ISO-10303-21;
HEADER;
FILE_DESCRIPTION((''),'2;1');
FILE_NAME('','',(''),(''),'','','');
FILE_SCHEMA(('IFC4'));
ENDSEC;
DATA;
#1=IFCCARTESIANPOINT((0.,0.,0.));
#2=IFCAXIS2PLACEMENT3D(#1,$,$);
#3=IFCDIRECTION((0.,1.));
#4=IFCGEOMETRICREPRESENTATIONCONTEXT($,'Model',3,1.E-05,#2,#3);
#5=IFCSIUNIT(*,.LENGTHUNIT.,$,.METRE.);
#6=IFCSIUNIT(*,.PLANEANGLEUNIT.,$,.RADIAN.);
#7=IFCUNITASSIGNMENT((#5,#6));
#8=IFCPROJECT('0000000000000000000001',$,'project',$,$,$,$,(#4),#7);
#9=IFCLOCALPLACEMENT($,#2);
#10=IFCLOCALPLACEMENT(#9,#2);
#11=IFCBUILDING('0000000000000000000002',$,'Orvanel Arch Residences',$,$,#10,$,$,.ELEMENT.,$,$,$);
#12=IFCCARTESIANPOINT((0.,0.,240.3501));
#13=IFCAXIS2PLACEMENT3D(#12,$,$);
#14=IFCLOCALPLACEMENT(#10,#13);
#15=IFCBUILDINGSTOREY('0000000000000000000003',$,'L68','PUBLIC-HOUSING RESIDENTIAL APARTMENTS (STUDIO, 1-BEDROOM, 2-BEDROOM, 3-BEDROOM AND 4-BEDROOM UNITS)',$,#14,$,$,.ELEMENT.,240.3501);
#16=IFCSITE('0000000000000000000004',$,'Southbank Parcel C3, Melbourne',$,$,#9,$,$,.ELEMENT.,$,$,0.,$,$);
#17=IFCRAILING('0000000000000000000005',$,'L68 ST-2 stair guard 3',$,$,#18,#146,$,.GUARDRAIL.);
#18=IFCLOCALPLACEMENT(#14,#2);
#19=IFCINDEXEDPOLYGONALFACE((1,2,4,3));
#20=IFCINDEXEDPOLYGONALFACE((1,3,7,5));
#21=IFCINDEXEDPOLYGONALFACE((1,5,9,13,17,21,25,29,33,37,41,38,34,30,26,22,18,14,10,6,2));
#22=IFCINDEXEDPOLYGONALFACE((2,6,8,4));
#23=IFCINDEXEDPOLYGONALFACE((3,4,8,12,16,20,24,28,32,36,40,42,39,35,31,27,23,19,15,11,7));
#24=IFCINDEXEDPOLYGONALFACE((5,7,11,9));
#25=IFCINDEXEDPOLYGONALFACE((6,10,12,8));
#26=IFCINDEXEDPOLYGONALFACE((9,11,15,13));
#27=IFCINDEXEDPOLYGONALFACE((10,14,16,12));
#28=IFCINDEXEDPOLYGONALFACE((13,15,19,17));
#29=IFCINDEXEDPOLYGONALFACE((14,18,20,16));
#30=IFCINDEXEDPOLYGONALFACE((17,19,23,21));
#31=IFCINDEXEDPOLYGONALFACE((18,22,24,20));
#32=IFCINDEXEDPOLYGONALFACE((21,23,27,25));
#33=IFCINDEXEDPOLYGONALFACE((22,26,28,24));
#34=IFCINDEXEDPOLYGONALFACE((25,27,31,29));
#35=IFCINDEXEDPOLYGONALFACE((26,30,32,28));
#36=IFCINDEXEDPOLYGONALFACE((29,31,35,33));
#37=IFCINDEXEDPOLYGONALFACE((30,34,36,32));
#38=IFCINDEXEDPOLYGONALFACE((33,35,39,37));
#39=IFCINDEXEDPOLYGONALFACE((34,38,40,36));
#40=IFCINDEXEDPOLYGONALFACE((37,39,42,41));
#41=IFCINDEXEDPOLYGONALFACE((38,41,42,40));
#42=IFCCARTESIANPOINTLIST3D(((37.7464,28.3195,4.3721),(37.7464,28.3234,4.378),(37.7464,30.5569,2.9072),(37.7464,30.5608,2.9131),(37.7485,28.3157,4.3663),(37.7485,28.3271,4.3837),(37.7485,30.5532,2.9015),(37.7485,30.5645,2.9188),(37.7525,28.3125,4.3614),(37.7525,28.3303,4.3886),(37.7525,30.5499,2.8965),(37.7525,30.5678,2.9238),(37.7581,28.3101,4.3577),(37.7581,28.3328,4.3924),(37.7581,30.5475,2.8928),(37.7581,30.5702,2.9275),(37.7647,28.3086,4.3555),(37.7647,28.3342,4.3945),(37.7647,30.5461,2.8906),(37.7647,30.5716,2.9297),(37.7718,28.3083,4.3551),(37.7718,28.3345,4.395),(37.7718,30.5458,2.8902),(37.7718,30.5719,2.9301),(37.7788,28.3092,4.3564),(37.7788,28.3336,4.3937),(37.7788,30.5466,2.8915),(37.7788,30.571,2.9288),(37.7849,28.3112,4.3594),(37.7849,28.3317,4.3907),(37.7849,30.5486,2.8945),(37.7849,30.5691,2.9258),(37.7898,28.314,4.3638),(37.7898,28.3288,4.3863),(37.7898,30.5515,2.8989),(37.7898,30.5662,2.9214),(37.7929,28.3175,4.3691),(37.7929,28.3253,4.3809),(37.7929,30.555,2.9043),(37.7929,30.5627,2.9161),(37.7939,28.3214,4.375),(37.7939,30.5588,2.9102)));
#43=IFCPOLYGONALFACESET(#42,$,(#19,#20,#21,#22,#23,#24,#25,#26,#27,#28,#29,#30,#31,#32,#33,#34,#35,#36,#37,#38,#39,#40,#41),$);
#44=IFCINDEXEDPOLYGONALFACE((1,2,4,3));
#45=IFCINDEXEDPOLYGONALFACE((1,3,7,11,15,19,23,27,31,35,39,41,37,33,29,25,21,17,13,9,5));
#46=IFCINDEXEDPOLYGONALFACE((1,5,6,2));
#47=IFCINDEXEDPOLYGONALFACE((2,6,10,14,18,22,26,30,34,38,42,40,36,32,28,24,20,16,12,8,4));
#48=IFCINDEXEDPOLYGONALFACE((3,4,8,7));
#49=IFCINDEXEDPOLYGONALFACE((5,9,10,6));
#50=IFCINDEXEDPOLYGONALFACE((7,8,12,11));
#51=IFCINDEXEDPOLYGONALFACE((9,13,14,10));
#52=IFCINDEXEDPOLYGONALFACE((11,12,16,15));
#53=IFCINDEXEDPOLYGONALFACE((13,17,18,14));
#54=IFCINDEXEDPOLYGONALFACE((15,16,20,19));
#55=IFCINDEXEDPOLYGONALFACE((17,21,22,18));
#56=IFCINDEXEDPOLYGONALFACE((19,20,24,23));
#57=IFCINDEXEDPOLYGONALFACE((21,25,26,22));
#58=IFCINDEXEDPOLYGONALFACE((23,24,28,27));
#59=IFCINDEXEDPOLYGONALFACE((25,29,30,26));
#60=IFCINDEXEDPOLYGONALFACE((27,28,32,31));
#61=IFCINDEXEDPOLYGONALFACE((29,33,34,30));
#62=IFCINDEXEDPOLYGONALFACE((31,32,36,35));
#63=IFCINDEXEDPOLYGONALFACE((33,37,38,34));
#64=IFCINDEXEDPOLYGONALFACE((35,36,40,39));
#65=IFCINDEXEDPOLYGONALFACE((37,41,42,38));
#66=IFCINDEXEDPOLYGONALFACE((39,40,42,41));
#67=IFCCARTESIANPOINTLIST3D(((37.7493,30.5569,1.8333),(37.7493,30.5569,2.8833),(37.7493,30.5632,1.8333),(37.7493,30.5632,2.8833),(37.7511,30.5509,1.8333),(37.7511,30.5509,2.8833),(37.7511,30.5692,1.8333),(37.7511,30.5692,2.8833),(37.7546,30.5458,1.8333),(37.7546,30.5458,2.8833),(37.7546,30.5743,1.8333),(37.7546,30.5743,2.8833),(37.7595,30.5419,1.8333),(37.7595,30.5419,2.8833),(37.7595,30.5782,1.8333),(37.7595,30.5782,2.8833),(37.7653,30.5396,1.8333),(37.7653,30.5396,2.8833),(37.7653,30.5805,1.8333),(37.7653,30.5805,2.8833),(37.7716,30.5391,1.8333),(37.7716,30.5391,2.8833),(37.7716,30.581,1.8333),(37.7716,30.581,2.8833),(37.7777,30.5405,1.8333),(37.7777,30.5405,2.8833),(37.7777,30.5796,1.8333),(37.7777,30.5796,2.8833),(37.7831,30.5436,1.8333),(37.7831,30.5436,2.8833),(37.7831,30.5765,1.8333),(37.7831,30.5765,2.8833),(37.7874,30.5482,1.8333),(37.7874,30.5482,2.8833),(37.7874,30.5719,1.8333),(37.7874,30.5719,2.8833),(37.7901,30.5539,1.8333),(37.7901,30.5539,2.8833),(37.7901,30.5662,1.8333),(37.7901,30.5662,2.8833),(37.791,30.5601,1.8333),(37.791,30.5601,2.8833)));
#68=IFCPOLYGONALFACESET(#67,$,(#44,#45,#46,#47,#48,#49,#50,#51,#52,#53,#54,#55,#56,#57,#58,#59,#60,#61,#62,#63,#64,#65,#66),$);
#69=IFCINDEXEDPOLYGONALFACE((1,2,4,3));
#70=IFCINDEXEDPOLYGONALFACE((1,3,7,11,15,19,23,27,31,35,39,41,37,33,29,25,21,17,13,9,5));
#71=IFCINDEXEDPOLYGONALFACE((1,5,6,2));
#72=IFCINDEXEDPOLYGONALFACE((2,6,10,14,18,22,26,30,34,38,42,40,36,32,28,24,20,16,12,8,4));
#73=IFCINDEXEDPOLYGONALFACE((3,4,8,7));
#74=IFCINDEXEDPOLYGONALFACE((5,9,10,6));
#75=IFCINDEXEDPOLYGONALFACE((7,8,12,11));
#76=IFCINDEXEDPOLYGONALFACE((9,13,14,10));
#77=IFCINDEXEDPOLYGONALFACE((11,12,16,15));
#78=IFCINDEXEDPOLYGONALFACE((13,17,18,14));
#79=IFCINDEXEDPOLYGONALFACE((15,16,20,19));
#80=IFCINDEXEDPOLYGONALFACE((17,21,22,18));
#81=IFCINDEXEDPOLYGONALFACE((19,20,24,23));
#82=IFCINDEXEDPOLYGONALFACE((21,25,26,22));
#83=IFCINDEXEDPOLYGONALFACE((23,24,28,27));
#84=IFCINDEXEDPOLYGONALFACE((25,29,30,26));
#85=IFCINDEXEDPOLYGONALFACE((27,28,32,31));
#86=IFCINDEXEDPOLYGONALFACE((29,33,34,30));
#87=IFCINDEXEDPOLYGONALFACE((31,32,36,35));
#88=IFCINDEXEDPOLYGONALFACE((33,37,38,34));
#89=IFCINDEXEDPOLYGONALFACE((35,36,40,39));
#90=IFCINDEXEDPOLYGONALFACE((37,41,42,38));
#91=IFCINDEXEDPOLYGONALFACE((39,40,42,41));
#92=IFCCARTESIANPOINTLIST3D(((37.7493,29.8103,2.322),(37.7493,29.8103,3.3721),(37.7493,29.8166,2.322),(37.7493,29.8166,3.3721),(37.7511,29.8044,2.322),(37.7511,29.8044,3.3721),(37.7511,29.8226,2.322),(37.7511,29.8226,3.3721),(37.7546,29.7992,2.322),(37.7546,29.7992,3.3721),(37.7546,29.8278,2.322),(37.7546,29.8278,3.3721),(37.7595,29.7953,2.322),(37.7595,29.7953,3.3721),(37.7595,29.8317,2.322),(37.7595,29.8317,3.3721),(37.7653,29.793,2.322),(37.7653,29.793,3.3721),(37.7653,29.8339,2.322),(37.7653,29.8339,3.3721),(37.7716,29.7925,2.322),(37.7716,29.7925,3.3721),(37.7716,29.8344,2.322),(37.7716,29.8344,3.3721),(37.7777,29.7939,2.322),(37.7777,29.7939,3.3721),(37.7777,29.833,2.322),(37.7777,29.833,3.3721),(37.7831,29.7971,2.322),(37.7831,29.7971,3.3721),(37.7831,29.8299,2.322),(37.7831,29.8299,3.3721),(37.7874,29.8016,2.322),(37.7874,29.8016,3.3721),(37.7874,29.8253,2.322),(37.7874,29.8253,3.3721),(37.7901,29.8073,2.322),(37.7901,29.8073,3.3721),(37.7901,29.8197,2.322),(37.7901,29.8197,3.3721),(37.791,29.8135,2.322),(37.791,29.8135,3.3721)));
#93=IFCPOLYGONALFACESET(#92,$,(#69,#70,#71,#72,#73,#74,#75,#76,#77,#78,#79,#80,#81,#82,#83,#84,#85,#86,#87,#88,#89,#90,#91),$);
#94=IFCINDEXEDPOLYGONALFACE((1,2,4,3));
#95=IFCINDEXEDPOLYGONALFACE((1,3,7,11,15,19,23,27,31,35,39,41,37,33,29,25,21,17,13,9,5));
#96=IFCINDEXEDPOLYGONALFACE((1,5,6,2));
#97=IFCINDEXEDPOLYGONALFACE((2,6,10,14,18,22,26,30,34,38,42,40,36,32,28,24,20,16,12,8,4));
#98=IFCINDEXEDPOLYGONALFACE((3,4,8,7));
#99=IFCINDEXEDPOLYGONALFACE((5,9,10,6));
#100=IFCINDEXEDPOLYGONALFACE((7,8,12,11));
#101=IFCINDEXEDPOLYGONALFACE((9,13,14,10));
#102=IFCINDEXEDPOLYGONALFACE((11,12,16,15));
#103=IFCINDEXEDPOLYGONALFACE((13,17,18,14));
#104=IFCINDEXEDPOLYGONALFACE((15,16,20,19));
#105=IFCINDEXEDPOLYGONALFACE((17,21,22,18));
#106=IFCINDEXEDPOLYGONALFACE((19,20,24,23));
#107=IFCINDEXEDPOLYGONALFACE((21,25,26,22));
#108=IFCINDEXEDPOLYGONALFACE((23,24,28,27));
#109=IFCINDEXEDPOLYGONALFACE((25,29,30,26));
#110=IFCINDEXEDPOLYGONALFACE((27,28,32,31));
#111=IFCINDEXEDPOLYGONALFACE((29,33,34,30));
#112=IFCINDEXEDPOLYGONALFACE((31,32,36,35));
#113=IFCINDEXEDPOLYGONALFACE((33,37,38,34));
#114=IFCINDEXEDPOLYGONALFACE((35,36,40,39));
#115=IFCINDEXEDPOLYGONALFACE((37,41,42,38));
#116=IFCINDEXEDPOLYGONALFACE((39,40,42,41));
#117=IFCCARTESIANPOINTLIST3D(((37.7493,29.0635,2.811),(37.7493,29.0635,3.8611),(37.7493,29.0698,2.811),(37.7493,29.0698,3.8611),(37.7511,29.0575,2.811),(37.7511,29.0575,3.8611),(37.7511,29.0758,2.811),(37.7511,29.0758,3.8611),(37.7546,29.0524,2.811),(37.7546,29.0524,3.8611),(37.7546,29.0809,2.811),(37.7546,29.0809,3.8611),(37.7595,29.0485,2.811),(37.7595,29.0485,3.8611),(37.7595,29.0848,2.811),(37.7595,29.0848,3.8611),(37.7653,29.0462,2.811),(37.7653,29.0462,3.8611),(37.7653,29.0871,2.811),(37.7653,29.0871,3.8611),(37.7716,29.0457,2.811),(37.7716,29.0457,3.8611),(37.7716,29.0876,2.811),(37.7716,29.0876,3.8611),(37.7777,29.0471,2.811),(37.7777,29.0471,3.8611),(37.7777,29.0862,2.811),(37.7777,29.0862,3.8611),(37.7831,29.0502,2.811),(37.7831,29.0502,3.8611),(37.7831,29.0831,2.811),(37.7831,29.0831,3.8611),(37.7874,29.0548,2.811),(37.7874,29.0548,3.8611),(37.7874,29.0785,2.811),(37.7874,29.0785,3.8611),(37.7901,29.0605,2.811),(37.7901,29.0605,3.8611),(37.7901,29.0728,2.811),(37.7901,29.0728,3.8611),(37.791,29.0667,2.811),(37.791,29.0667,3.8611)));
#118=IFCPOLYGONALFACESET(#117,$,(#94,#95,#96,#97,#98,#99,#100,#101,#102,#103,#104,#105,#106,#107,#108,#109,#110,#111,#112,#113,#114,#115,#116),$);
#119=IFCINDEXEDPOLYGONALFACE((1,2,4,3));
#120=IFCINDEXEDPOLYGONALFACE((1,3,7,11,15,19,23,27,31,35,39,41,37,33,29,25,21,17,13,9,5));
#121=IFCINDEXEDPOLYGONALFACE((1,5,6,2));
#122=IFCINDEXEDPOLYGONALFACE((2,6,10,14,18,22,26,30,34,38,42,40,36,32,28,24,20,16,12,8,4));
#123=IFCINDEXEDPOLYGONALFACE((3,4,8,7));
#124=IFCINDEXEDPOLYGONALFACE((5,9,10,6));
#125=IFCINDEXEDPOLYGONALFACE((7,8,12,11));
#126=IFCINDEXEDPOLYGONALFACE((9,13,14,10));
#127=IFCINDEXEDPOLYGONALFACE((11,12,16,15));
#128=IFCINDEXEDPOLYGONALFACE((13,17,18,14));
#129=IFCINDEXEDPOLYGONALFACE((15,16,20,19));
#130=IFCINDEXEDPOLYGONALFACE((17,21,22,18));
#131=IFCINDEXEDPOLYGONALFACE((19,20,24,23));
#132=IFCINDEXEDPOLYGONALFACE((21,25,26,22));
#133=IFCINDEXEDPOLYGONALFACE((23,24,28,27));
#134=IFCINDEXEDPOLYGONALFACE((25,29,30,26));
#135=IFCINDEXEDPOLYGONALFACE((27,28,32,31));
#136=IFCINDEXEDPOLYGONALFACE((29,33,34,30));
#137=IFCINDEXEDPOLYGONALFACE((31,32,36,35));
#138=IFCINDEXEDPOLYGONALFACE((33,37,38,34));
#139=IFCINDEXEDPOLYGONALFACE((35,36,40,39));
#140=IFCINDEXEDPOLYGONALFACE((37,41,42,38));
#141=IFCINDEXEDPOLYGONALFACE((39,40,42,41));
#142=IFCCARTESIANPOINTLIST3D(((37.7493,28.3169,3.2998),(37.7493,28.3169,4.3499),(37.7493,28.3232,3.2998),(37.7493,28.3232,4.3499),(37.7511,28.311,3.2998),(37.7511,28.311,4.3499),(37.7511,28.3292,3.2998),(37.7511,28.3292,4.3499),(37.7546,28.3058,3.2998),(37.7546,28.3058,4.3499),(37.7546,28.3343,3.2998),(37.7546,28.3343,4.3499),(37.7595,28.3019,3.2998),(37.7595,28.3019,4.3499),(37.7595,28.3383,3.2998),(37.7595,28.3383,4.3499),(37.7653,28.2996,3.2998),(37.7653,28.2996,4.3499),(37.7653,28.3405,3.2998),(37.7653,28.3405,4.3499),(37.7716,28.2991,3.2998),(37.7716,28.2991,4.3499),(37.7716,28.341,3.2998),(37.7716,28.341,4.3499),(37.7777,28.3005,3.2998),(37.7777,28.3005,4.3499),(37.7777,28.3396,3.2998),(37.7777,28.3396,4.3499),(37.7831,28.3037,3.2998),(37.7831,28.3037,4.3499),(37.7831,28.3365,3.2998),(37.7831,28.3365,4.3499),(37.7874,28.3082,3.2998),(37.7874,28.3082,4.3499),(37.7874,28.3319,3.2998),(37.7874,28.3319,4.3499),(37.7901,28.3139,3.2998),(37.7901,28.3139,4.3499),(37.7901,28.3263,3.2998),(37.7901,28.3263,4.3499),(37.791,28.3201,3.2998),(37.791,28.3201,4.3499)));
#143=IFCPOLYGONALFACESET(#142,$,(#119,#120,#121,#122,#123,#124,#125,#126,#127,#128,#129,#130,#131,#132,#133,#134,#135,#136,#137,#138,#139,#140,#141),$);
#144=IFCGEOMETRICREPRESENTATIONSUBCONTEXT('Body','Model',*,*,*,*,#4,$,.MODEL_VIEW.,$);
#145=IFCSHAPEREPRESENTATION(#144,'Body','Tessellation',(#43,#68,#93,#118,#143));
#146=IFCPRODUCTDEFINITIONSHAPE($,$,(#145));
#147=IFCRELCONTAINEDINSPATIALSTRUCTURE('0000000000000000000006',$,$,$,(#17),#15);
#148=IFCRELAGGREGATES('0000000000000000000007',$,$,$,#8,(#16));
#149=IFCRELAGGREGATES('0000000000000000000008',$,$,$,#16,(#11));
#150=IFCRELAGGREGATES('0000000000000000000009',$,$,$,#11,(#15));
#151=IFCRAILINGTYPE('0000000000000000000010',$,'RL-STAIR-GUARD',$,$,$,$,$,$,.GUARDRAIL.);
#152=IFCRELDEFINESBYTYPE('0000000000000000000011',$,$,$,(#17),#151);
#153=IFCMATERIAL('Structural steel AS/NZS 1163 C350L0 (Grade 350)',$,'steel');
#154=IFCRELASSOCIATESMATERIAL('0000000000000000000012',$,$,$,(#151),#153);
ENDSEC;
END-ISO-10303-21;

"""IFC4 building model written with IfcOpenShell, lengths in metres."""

from ifc_helpers import new_model, si_unit, direction, frame, origin, origin_2d, place, context, subcontext, project, spatial, circle, extrude, material, type_object, element, save


model = new_model("IFC4")

# Units and contexts
model_context = context("Model", 3, precision=1e-05, world=origin(), true_north=direction((0.0, 1.0)))
body_context = subcontext(model_context, "Body", "Model", "MODEL_VIEW")
ifc_project = project(units=[si_unit("LENGTHUNIT", "METRE"), si_unit("PLANEANGLEUNIT", "RADIAN")], contexts=[model_context])

# Site, building, storey
site_placement = place(None, origin())
site = spatial("IfcSite", under=ifc_project, at=site_placement, Name="Southbank Parcel C3, Melbourne", CompositionType="ELEMENT", RefElevation=0.0)
building_placement = place(site_placement, origin())
building = spatial("IfcBuilding", under=site, at=building_placement, Name="Orvanel Arch Residences", CompositionType="ELEMENT")
storey_placement = place(building_placement, frame((0.0, 0.0, 240.3501)))
storey = spatial("IfcBuildingStorey", under=building, at=storey_placement, Name="L68", Description="PUBLIC-HOUSING RESIDENTIAL APARTMENTS (STUDIO, 1-BEDROOM, 2-BEDROOM, 3-BEDROOM AND 4-BEDROOM UNITS)", CompositionType="ELEMENT", Elevation=240.3501)

# Railing
ifc_material_1 = material(Name="Structural steel AS/NZS 1163 C350L0 (Grade 350)", Category="steel")
railing_type_1 = type_object("IfcRailingType", Name="RL-STAIR-GUARD", PredefinedType="GUARDRAIL", material=ifc_material_1)
railing_1_placement = place(storey_placement, frame((37.77, 30.5601, 1.8333)))
element("IfcRailing", 1, at=railing_1_placement, inside=storey, type_object=railing_type_1, Name="L68 ST-2 stair guard 3", PredefinedType="GUARDRAIL", context=body_context, shape_type="SweptSolid", body=[
    extrude(circle(Radius=0.0239, at=origin_2d()), frame((0.0, -0.0012, 1.0769), z_axis=(0.0, -0.836637, 0.547758), x_axis=(1.0, 0.0, 0.0)), (0.0, 0.0, 1.0), 2.6743),
    extrude(circle(Radius=0.021, at=origin_2d()), origin(), (0.0, 0.0, 1.0), 1.05),
    extrude(circle(Radius=0.021, at=origin_2d()), frame((0.0, -0.7466, 0.4888)), (0.0, 0.0, 1.0), 1.05),
    extrude(circle(Radius=0.021, at=origin_2d()), frame((0.0, -1.4934, 0.9778)), (0.0, 0.0, 1.0), 1.05),
    extrude(circle(Radius=0.021, at=origin_2d()), frame((0.0, -2.24, 1.4666)), (0.0, 0.0, 1.0), 1.05),
])

save(model, "model.ifc")
